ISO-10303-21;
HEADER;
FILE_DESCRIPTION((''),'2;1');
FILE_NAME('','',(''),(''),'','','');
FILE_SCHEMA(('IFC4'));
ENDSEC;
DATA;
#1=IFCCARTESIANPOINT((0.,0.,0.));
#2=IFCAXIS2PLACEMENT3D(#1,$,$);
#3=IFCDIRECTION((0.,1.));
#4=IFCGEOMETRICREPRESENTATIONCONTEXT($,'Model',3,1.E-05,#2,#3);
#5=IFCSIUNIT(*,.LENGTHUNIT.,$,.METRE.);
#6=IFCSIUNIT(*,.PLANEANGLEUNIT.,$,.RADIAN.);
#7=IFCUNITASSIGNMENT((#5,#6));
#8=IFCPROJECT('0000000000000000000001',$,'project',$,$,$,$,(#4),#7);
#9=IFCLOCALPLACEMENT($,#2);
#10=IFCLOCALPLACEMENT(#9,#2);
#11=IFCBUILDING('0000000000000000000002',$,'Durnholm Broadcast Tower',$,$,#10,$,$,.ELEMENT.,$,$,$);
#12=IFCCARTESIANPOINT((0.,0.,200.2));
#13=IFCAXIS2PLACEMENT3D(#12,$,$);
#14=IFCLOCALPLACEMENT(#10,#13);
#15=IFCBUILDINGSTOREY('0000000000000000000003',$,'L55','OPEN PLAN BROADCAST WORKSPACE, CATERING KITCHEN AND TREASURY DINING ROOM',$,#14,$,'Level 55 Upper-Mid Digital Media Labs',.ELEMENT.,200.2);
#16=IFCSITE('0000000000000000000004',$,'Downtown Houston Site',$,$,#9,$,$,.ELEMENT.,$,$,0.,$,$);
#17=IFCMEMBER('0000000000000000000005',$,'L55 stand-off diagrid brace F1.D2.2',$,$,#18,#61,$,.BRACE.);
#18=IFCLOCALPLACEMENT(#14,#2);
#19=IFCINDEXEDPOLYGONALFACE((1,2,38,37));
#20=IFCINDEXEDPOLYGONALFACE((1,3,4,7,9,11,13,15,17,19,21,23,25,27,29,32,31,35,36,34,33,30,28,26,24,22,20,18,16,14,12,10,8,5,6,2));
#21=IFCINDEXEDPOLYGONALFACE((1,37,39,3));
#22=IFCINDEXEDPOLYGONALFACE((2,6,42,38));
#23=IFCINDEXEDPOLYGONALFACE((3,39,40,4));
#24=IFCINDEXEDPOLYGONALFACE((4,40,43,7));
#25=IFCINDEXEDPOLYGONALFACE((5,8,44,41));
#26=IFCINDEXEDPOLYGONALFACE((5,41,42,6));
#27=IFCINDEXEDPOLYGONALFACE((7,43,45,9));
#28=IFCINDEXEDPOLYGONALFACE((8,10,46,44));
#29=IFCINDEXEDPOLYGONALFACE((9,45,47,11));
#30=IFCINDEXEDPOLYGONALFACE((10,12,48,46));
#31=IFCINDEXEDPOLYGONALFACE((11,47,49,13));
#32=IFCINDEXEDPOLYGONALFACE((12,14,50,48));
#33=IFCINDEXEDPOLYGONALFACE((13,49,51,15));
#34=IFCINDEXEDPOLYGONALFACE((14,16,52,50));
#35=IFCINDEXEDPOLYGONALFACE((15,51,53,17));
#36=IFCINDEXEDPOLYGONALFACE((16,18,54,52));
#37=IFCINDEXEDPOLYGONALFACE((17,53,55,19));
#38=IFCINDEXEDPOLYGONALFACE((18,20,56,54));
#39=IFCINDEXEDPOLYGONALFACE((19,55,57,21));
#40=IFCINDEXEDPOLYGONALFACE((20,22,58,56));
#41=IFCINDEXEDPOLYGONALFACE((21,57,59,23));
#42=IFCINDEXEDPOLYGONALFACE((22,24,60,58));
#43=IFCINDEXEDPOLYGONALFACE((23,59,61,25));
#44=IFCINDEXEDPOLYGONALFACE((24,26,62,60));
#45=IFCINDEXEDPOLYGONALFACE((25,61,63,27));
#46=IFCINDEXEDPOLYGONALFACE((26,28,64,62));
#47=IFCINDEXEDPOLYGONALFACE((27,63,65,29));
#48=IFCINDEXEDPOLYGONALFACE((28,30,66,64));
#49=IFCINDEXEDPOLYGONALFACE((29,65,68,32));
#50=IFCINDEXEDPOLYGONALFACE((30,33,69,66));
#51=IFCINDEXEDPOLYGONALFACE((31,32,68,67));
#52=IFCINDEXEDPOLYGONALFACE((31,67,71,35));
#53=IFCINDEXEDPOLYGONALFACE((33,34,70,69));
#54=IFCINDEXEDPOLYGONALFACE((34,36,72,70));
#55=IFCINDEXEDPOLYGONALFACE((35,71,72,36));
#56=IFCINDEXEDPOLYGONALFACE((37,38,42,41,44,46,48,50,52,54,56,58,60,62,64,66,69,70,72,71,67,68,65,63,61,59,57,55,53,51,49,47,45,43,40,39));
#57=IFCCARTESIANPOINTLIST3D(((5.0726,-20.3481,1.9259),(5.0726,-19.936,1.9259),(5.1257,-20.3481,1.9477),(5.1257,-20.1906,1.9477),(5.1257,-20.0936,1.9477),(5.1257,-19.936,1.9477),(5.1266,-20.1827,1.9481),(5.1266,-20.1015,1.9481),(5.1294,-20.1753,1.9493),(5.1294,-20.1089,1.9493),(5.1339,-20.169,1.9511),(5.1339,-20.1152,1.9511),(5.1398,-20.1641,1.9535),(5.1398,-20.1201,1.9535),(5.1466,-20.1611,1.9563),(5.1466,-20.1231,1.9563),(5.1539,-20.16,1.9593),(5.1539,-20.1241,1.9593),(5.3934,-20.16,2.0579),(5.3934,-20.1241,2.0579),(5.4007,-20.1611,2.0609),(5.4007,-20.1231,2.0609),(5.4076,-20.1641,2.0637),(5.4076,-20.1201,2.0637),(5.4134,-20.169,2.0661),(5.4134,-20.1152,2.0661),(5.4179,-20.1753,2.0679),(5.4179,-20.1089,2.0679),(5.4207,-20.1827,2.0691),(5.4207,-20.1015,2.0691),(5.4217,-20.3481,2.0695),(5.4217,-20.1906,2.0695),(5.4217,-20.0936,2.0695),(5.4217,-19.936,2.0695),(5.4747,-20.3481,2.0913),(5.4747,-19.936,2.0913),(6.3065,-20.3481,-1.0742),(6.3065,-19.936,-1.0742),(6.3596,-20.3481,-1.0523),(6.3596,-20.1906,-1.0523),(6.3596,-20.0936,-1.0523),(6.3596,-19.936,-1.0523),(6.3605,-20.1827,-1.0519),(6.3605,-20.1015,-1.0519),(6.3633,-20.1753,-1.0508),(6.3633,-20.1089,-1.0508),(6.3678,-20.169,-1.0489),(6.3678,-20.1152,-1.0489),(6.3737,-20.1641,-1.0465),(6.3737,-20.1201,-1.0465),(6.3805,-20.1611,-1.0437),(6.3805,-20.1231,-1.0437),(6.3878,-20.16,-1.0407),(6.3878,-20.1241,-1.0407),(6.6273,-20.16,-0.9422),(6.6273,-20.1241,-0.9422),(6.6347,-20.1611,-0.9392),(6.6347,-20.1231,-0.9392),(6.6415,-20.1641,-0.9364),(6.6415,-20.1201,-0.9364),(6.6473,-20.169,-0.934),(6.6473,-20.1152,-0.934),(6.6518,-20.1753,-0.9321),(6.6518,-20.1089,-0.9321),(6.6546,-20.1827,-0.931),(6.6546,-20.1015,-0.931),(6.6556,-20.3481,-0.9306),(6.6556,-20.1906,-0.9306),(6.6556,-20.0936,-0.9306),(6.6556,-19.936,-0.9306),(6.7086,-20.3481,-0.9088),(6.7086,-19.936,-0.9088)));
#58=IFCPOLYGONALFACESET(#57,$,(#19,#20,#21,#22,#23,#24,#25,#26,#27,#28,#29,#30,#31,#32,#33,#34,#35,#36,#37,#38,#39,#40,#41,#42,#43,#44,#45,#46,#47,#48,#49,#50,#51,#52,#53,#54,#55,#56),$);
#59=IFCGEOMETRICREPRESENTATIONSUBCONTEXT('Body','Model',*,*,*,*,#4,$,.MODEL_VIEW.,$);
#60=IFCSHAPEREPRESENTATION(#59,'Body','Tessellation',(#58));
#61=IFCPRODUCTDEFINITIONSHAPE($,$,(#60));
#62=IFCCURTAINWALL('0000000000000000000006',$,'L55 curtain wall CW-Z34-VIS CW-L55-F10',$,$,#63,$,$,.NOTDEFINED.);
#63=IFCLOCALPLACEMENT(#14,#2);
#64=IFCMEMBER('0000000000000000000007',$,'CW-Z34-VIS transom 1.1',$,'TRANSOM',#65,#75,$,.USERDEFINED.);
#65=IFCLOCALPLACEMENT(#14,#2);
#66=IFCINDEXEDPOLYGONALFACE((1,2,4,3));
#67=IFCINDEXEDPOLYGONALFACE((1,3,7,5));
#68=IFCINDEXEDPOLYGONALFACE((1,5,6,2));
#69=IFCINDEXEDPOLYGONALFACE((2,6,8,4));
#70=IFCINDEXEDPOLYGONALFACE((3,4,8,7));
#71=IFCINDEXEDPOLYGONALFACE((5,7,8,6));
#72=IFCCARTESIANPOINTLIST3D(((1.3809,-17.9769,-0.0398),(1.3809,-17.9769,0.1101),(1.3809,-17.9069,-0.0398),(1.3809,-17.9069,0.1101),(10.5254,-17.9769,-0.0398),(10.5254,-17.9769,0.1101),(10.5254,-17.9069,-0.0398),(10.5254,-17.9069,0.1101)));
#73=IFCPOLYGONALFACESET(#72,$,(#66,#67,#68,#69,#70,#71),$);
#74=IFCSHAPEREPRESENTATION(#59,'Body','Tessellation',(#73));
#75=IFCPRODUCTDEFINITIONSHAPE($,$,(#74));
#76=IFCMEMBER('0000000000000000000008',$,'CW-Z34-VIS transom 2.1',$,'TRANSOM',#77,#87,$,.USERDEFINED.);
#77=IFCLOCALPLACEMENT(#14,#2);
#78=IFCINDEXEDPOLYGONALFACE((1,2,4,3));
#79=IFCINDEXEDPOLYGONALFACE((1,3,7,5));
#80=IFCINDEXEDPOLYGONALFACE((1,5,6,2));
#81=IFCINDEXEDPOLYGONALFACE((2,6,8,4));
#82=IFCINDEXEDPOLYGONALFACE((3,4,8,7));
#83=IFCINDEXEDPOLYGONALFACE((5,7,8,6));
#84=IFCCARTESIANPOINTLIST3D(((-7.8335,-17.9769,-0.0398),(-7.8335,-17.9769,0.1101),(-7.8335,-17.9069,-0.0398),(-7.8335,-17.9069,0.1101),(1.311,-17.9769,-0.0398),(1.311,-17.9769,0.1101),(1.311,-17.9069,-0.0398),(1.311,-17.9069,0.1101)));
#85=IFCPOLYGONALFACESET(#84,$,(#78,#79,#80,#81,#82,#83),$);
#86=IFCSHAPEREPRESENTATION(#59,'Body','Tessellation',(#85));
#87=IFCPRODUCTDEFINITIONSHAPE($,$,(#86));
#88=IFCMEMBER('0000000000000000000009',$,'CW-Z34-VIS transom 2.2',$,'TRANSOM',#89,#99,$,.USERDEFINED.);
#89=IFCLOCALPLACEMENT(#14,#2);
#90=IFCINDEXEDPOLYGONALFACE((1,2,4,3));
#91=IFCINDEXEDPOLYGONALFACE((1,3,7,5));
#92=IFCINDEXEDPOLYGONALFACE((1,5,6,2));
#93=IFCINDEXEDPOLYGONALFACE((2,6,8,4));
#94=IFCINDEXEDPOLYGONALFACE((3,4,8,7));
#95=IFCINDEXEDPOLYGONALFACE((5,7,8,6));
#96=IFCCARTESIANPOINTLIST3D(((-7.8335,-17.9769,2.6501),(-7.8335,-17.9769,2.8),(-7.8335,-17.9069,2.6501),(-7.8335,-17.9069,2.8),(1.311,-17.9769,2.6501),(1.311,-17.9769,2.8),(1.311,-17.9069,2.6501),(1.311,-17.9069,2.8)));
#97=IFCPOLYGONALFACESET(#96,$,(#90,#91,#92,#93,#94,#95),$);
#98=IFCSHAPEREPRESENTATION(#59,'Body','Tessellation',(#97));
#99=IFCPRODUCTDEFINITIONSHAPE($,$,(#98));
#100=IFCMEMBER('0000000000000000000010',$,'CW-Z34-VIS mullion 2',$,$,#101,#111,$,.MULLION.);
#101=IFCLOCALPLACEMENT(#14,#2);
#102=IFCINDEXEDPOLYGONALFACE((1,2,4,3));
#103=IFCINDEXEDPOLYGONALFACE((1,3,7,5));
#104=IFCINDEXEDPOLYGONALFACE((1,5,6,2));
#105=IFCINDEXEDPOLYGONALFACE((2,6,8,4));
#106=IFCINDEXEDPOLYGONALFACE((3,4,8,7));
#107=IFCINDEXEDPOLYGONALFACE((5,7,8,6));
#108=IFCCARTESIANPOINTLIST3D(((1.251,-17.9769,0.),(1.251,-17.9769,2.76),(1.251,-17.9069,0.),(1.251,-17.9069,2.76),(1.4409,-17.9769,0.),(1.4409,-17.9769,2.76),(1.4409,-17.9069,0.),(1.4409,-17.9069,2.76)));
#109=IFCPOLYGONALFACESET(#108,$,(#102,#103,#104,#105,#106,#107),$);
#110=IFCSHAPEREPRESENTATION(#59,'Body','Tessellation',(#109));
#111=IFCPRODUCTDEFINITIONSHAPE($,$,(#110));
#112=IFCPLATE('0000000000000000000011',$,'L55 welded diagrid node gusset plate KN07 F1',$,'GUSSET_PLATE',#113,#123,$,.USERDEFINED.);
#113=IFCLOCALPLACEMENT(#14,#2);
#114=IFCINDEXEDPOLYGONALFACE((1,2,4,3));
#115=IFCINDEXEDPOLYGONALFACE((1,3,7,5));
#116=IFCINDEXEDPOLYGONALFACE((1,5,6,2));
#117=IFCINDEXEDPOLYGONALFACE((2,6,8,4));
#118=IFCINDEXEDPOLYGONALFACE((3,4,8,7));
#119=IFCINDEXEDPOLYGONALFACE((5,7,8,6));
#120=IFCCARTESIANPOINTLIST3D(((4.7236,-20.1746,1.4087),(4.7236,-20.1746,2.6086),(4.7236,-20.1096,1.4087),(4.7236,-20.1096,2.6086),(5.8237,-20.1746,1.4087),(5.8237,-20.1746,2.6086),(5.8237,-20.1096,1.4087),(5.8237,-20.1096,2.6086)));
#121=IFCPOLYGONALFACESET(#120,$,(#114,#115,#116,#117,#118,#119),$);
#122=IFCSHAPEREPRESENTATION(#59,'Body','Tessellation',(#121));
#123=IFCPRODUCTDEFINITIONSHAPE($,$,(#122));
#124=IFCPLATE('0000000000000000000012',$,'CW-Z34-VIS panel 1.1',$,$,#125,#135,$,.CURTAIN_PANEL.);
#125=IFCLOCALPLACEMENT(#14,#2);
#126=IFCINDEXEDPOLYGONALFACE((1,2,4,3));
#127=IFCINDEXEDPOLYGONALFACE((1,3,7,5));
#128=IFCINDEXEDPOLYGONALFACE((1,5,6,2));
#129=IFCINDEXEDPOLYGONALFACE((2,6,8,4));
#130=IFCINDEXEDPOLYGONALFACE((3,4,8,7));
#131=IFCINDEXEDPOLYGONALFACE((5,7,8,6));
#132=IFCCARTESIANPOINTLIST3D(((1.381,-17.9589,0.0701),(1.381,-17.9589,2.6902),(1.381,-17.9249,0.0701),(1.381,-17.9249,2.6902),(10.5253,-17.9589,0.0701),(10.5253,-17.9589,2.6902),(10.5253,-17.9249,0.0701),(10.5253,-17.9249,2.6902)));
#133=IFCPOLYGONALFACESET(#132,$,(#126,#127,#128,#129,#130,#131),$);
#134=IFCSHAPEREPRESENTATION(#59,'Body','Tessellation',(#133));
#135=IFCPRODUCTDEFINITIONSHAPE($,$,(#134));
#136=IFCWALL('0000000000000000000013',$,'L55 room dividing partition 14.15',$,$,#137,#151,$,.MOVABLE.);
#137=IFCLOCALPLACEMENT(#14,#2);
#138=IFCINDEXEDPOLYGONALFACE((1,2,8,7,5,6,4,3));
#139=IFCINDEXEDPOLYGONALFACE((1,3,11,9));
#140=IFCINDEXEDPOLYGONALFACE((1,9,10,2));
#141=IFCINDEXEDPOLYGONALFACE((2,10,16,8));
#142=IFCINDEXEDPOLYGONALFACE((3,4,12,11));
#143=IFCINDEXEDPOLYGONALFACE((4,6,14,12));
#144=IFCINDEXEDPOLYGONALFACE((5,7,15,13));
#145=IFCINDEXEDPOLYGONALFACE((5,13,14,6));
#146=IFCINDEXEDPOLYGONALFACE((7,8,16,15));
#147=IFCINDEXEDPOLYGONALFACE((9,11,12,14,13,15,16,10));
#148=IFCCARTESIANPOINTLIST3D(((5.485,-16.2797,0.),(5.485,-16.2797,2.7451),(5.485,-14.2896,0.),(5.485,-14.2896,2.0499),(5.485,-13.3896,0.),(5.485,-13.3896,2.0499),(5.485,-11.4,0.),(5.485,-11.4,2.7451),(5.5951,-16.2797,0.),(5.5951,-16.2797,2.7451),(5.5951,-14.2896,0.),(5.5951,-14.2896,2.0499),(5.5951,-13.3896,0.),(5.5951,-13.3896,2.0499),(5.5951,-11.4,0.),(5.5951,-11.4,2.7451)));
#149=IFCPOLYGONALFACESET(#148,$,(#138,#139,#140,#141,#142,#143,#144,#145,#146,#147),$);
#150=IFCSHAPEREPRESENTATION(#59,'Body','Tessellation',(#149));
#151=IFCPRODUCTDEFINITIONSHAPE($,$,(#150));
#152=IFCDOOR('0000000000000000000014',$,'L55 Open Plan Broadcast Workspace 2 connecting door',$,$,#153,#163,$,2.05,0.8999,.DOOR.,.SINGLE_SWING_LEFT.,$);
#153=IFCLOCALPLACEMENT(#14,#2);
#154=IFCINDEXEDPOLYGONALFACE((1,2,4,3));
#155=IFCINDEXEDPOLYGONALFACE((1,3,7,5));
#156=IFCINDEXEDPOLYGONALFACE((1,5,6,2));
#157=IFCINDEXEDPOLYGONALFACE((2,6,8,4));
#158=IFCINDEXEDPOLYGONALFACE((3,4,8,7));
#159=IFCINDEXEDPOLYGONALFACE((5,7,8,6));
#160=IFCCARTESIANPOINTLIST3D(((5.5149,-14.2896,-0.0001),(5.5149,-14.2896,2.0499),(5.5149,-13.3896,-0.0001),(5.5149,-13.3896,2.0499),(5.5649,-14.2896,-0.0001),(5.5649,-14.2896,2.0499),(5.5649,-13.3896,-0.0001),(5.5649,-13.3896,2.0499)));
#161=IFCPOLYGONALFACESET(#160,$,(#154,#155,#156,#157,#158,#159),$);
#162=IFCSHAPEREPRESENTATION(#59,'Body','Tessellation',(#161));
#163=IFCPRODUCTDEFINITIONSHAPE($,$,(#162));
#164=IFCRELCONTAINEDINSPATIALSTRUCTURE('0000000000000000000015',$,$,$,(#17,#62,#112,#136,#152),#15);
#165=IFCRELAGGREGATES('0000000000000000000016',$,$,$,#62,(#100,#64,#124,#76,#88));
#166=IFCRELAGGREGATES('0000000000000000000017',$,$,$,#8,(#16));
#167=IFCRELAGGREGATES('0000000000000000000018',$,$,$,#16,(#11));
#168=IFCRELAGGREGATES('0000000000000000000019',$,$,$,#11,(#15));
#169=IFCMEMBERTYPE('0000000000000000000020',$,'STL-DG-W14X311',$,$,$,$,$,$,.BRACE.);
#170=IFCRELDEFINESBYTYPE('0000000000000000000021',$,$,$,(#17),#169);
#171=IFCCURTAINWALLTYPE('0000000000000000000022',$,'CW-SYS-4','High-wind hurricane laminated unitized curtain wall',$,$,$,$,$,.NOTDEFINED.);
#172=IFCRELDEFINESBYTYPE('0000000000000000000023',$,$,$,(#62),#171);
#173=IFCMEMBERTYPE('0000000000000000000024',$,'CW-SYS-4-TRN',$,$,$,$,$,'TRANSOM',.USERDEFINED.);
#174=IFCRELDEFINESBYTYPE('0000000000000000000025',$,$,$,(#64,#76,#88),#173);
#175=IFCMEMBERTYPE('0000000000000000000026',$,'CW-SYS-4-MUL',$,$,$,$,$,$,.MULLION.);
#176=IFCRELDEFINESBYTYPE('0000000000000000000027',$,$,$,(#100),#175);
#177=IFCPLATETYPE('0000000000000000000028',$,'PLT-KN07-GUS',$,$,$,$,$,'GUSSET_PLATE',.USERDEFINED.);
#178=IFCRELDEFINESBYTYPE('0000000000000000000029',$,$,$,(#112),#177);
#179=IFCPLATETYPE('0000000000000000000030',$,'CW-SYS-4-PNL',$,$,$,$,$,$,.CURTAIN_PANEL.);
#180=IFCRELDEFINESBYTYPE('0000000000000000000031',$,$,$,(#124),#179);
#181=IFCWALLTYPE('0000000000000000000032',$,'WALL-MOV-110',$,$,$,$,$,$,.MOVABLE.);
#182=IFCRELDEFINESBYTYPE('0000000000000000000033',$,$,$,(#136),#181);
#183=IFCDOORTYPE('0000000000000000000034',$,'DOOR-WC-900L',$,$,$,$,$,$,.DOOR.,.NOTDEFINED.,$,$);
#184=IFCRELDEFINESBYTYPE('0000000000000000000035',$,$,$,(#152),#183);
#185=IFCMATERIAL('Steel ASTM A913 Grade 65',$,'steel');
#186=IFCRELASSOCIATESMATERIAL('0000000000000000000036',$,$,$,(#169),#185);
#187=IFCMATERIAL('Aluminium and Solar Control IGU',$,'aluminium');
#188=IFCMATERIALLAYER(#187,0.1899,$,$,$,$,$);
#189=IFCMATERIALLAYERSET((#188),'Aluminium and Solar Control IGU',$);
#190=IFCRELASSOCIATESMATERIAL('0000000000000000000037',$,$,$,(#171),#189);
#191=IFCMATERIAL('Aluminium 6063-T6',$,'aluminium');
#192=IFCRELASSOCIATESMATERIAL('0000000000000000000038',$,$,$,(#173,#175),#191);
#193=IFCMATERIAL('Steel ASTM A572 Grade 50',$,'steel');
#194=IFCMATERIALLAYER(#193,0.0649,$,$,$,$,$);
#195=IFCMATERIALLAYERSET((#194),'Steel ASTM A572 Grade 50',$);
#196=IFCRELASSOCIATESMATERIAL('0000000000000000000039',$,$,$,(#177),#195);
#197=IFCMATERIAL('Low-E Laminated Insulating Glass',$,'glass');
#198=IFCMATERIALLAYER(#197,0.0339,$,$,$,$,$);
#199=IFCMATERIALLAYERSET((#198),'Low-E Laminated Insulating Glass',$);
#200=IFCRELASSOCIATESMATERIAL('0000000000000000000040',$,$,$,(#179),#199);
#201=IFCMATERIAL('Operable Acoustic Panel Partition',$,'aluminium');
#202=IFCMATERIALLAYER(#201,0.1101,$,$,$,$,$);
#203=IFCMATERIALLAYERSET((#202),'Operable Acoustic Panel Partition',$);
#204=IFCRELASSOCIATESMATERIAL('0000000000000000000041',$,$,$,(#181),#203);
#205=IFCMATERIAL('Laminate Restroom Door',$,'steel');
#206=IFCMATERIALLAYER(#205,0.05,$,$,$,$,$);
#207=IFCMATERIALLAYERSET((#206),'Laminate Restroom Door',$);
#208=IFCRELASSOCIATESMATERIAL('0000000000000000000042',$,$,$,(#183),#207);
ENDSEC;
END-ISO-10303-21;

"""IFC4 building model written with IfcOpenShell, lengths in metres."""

from ifc_helpers import new_model, si_unit, direction, frame, frame_2d, origin, origin_2d, place, context, subcontext, project, spatial, rectangle, i_section, extrude, source, transform, mapped, material, layer, layer_set, material_profile, profile_set, type_object, type_shapes, element, fill, aggregate, save


model = new_model("IFC4")

# Units and contexts
model_context = context("Model", 3, precision=1e-05, world=origin(), true_north=direction((0.0, 1.0)))
body_context = subcontext(model_context, "Body", "Model", "MODEL_VIEW")
ifc_project = project(units=[si_unit("LENGTHUNIT", "METRE"), si_unit("PLANEANGLEUNIT", "RADIAN")], contexts=[model_context])

# Site, building, storey
site_placement = place(None, origin())
site = spatial("IfcSite", under=ifc_project, at=site_placement, Name="Downtown Houston Site", CompositionType="ELEMENT", RefElevation=0.0)
building_placement = place(site_placement, origin())
building = spatial("IfcBuilding", under=site, at=building_placement, Name="Durnholm Broadcast Tower", CompositionType="ELEMENT")
storey_placement = place(building_placement, frame((0.0, 0.0, 200.2)))
storey = spatial("IfcBuildingStorey", under=building, at=storey_placement, Name="L55", Description="OPEN PLAN BROADCAST WORKSPACE, CATERING KITCHEN AND TREASURY DINING ROOM", LongName="Level 55 Upper-Mid Digital Media Labs", CompositionType="ELEMENT", Elevation=200.2)

# Member
ifc_material_1 = material(Name="Steel ASTM A913 Grade 65", Category="steel")
ifc_material_profile_1 = material_profile(ifc_material_1, i_section(OverallWidth=0.4121, OverallDepth=0.4348, WebThickness=0.0359, FlangeThickness=0.0574, FilletRadius=0.0305, at=origin_2d()), Name="W14X311")
ifc_profile_set_1 = profile_set([ifc_material_profile_1], Name="Steel ASTM A913 Grade 65")
member_type_1 = type_object("IfcMemberType", Name="STL-DG-W14X311", PredefinedType="BRACE", material=ifc_profile_set_1)
shared_shape_1 = source(origin(), body_context, "Body", "SweptSolid", [
    extrude(i_section(OverallWidth=0.4121, OverallDepth=0.4348, WebThickness=0.0359, FlangeThickness=0.0574, FilletRadius=0.0305, at=origin_2d()), origin(), (0.0, 0.0, 1.0), 3.2439),
])
type_shapes(member_type_1, [shared_shape_1])
for number, where, z_axis, x_axis, name in (
    (1, (6.5076, -20.1421, -0.9915), (-0.380379, 0.0, 0.924831), (0.0, -1.0, 0.0), "L55 stand-off diagrid brace F1.D2.2"),
):
    element("IfcMember", number, at=place(storey_placement, frame(where, z_axis=z_axis, x_axis=x_axis)), inside=storey, type_object=member_type_1, Name=name, PredefinedType="BRACE", context=body_context, shape_type="MappedRepresentation", body=[
        mapped(shared_shape_1, transform((0.0, 0.0, 0.0), x_axis=(1.0, 0.0, 0.0), y_axis=(0.0, 1.0, 0.0), z_axis=(0.0, 0.0, 1.0), scale=1.0)),
    ])

# Curtain wall, members
ifc_material_2 = material(Name="Aluminium and Solar Control IGU", Category="aluminium")
ifc_layer_1 = layer(ifc_material_2, 0.1899)
ifc_layer_set_1 = layer_set([ifc_layer_1], Name="Aluminium and Solar Control IGU")
curtain_wall_type = type_object("IfcCurtainWallType", Name="CW-SYS-4", Description="High-wind hurricane laminated unitized curtain wall", PredefinedType="NOTDEFINED", material=ifc_layer_set_1)
curtain_wall_placement = place(storey_placement, origin())
curtain_wall = element("IfcCurtainWall", 2, at=curtain_wall_placement, inside=storey, type_object=curtain_wall_type, Name="L55 curtain wall CW-Z34-VIS CW-L55-F10", PredefinedType="NOTDEFINED")
ifc_material_3 = material(Name="Aluminium 6063-T6", Category="aluminium")
ifc_material_profile_2 = material_profile(ifc_material_3, rectangle(XDim=0.0701, YDim=0.1499, at=origin_2d()), Name="CWT70X150")
ifc_profile_set_2 = profile_set([ifc_material_profile_2], Name="Aluminium 6063-T6")
member_type_2 = type_object("IfcMemberType", Name="CW-SYS-4-TRN", ElementType="TRANSOM", PredefinedType="USERDEFINED", material=ifc_profile_set_2)
shared_shape_2 = source(origin(), body_context, "Body", "SweptSolid", [
    extrude(rectangle(XDim=0.0701, YDim=0.1499, at=origin_2d()), origin(), (0.0, 0.0, 1.0), 9.1445),
])
type_shapes(member_type_2, [shared_shape_2])
member_1_placement = place(storey_placement, frame((10.5254, -17.9419, 0.0352), z_axis=(-1.0, 0.0, 0.0), x_axis=(0.0, -1.0, 0.0)))
member_1 = element("IfcMember", 3, at=member_1_placement, type_object=member_type_2, Name="CW-Z34-VIS transom 1.1", ObjectType="TRANSOM", PredefinedType="USERDEFINED", context=body_context, shape_type="MappedRepresentation", body=[
    mapped(shared_shape_2, transform((0.0, 0.0, 0.0), x_axis=(1.0, 0.0, 0.0), y_axis=(0.0, 1.0, 0.0), z_axis=(0.0, 0.0, 1.0), scale=1.0)),
])
member_2_placement = place(storey_placement, frame((1.311, -17.9419, 0.0352), z_axis=(-1.0, 0.0, 0.0), x_axis=(0.0, -1.0, 0.0)))
member_2 = element("IfcMember", 4, at=member_2_placement, type_object=member_type_2, Name="CW-Z34-VIS transom 2.1", ObjectType="TRANSOM", PredefinedType="USERDEFINED", context=body_context, shape_type="MappedRepresentation", body=[
    mapped(shared_shape_2, transform((0.0, 0.0, 0.0), x_axis=(1.0, 0.0, 0.0), y_axis=(0.0, 1.0, 0.0), z_axis=(0.0, 0.0, 1.0), scale=1.0)),
])
member_3_placement = place(storey_placement, frame((1.311, -17.9419, 2.7251), z_axis=(-1.0, 0.0, 0.0), x_axis=(0.0, -1.0, 0.0)))
member_3 = element("IfcMember", 5, at=member_3_placement, type_object=member_type_2, Name="CW-Z34-VIS transom 2.2", ObjectType="TRANSOM", PredefinedType="USERDEFINED", context=body_context, shape_type="MappedRepresentation", body=[
    mapped(shared_shape_2, transform((0.0, 0.0, 0.0), x_axis=(1.0, 0.0, 0.0), y_axis=(0.0, 1.0, 0.0), z_axis=(0.0, 0.0, 1.0), scale=1.0)),
])
ifc_material_profile_3 = material_profile(ifc_material_3, rectangle(XDim=0.0701, YDim=0.1899, at=origin_2d()), Name="CWM70X190")
ifc_profile_set_3 = profile_set([ifc_material_profile_3], Name="Aluminium 6063-T6")
member_type_3 = type_object("IfcMemberType", Name="CW-SYS-4-MUL", PredefinedType="MULLION", material=ifc_profile_set_3)
shared_shape_3 = source(origin(), body_context, "Body", "SweptSolid", [
    extrude(rectangle(XDim=0.0701, YDim=0.1899, at=origin_2d()), origin(), (0.0, 0.0, 1.0), 2.76),
])
type_shapes(member_type_3, [shared_shape_3])
member_4_placement = place(storey_placement, frame((1.3459, -17.9419, 0.0), z_axis=(0.0, 0.0, 1.0), x_axis=(0.0, -1.0, 0.0)))
member_4 = element("IfcMember", 6, at=member_4_placement, type_object=member_type_3, Name="CW-Z34-VIS mullion 2", PredefinedType="MULLION", context=body_context, shape_type="MappedRepresentation", body=[
    mapped(shared_shape_3, transform((0.0, 0.0, 0.0), x_axis=(1.0, 0.0, 0.0), y_axis=(0.0, 1.0, 0.0), z_axis=(0.0, 0.0, 1.0), scale=1.0)),
])

# Plates
ifc_material_4 = material(Name="Steel ASTM A572 Grade 50", Category="steel")
ifc_layer_2 = layer(ifc_material_4, 0.0649)
ifc_layer_set_2 = layer_set([ifc_layer_2], Name="Steel ASTM A572 Grade 50")
plate_type_1 = type_object("IfcPlateType", Name="PLT-KN07-GUS", ElementType="GUSSET_PLATE", PredefinedType="USERDEFINED", material=ifc_layer_set_2)
shared_shape_4 = source(origin(), body_context, "Body", "SweptSolid", [
    extrude(rectangle(XDim=1.1001, YDim=0.0649, at=origin_2d()), origin(), (0.0, 0.0, 1.0), 1.2),
])
type_shapes(plate_type_1, [shared_shape_4])
plate_1_placement = place(storey_placement, frame((5.2737, -20.1421, 1.4087), z_axis=(0.0, 0.0, 1.0), x_axis=(1.0, 0.0, 0.0)))
element("IfcPlate", 7, at=plate_1_placement, inside=storey, type_object=plate_type_1, Name="L55 welded diagrid node gusset plate KN07 F1", ObjectType="GUSSET_PLATE", PredefinedType="USERDEFINED", context=body_context, shape_type="MappedRepresentation", body=[
    mapped(shared_shape_4, transform((0.0, 0.0, 0.0), x_axis=(1.0, 0.0, 0.0), y_axis=(0.0, 1.0, 0.0), z_axis=(0.0, 0.0, 1.0), scale=1.0)),
])
ifc_material_5 = material(Name="Low-E Laminated Insulating Glass", Category="glass")
ifc_layer_3 = layer(ifc_material_5, 0.0339)
ifc_layer_set_3 = layer_set([ifc_layer_3], Name="Low-E Laminated Insulating Glass")
plate_type_2 = type_object("IfcPlateType", Name="CW-SYS-4-PNL", PredefinedType="CURTAIN_PANEL", material=ifc_layer_set_3)
shared_shape_5 = source(origin(), body_context, "Body", "SweptSolid", [
    extrude(rectangle(XDim=9.1443, YDim=0.0339, at=origin_2d()), origin(), (0.0, 0.0, 1.0), 2.6201),
])
type_shapes(plate_type_2, [shared_shape_5])
plate_2_placement = place(storey_placement, frame((5.9531, -17.9419, 0.0701), z_axis=(0.0, 0.0, 1.0), x_axis=(-1.0, 0.0, 0.0)))
plate_2 = element("IfcPlate", 8, at=plate_2_placement, type_object=plate_type_2, Name="CW-Z34-VIS panel 1.1", PredefinedType="CURTAIN_PANEL", context=body_context, shape_type="MappedRepresentation", body=[
    mapped(shared_shape_5, transform((0.0, 0.0, 0.0), x_axis=(1.0, 0.0, 0.0), y_axis=(0.0, 1.0, 0.0), z_axis=(0.0, 0.0, 1.0), scale=1.0)),
])
aggregate(curtain_wall, [member_4, member_1, plate_2, member_2, member_3])

# Wall, opening, door
ifc_material_6 = material(Name="Operable Acoustic Panel Partition", Category="aluminium")
ifc_layer_4 = layer(ifc_material_6, 0.1101)
ifc_layer_set_4 = layer_set([ifc_layer_4], Name="Operable Acoustic Panel Partition")
wall_type_1 = type_object("IfcWallType", Name="WALL-MOV-110", PredefinedType="MOVABLE", material=ifc_layer_set_4)
wall_1_placement = place(storey_placement, frame((5.54, -11.3999, 0.0), z_axis=(0.0, 0.0, 1.0), x_axis=(0.0, -1.0, 0.0)))
wall_1 = element("IfcWall", 9, at=wall_1_placement, inside=storey, type_object=wall_type_1, Name="L55 room dividing partition 14.15", PredefinedType="MOVABLE", context=body_context, shape_type="SweptSolid", body=[
    extrude(rectangle(XDim=4.8796, YDim=0.1101, at=frame_2d((2.4399, 0.0))), origin(), (0.0, 0.0, 1.0), 2.7451),
])
opening_1_placement = place(wall_1_placement, frame((1.9897, 0.0, 0.0)))
opening_1 = element("IfcOpeningElement", 10, at=opening_1_placement, cuts=wall_1, PredefinedType="OPENING", context=body_context, shape_type="SweptSolid", body=[
    extrude(rectangle(XDim=0.8999, YDim=2.05, at=frame_2d((0.45, 1.0249))), frame((0.0, 0.0649, 0.0), z_axis=(0.0, -1.0, 0.0), x_axis=(1.0, 0.0, 0.0)), (0.0, 0.0, 1.0), 0.1301),
])
ifc_material_7 = material(Name="Laminate Restroom Door", Category="steel")
ifc_layer_5 = layer(ifc_material_7, 0.05)
ifc_layer_set_5 = layer_set([ifc_layer_5], Name="Laminate Restroom Door")
door_type_1 = type_object("IfcDoorType", Name="DOOR-WC-900L", OperationType="NOTDEFINED", PredefinedType="DOOR", material=ifc_layer_set_5)
shared_shape_6 = source(origin(), body_context, "Body", "SweptSolid", [
    extrude(rectangle(XDim=0.8999, YDim=2.05, at=frame_2d((0.45, 1.0249))), frame((0.0, 0.0249, 0.0), z_axis=(0.0, -1.0, 0.0), x_axis=(1.0, 0.0, 0.0)), (0.0, 0.0, 1.0), 0.05),
])
type_shapes(door_type_1, [shared_shape_6])
door_1_placement = place(opening_1_placement, origin())
door_1 = element("IfcDoor", 11, at=door_1_placement, inside=storey, type_object=door_type_1, Name="L55 Open Plan Broadcast Workspace 2 connecting door", OperationType="SINGLE_SWING_LEFT", OverallHeight=2.05, OverallWidth=0.8999, PredefinedType="DOOR", context=body_context, shape_type="MappedRepresentation", body=[
    mapped(shared_shape_6, transform((0.0, 0.0, 0.0), x_axis=(1.0, 0.0, 0.0), y_axis=(0.0, 1.0, 0.0), z_axis=(0.0, 0.0, 1.0), scale=1.0)),
])
fill(opening_1, door_1)

save(model, "model.ifc")
